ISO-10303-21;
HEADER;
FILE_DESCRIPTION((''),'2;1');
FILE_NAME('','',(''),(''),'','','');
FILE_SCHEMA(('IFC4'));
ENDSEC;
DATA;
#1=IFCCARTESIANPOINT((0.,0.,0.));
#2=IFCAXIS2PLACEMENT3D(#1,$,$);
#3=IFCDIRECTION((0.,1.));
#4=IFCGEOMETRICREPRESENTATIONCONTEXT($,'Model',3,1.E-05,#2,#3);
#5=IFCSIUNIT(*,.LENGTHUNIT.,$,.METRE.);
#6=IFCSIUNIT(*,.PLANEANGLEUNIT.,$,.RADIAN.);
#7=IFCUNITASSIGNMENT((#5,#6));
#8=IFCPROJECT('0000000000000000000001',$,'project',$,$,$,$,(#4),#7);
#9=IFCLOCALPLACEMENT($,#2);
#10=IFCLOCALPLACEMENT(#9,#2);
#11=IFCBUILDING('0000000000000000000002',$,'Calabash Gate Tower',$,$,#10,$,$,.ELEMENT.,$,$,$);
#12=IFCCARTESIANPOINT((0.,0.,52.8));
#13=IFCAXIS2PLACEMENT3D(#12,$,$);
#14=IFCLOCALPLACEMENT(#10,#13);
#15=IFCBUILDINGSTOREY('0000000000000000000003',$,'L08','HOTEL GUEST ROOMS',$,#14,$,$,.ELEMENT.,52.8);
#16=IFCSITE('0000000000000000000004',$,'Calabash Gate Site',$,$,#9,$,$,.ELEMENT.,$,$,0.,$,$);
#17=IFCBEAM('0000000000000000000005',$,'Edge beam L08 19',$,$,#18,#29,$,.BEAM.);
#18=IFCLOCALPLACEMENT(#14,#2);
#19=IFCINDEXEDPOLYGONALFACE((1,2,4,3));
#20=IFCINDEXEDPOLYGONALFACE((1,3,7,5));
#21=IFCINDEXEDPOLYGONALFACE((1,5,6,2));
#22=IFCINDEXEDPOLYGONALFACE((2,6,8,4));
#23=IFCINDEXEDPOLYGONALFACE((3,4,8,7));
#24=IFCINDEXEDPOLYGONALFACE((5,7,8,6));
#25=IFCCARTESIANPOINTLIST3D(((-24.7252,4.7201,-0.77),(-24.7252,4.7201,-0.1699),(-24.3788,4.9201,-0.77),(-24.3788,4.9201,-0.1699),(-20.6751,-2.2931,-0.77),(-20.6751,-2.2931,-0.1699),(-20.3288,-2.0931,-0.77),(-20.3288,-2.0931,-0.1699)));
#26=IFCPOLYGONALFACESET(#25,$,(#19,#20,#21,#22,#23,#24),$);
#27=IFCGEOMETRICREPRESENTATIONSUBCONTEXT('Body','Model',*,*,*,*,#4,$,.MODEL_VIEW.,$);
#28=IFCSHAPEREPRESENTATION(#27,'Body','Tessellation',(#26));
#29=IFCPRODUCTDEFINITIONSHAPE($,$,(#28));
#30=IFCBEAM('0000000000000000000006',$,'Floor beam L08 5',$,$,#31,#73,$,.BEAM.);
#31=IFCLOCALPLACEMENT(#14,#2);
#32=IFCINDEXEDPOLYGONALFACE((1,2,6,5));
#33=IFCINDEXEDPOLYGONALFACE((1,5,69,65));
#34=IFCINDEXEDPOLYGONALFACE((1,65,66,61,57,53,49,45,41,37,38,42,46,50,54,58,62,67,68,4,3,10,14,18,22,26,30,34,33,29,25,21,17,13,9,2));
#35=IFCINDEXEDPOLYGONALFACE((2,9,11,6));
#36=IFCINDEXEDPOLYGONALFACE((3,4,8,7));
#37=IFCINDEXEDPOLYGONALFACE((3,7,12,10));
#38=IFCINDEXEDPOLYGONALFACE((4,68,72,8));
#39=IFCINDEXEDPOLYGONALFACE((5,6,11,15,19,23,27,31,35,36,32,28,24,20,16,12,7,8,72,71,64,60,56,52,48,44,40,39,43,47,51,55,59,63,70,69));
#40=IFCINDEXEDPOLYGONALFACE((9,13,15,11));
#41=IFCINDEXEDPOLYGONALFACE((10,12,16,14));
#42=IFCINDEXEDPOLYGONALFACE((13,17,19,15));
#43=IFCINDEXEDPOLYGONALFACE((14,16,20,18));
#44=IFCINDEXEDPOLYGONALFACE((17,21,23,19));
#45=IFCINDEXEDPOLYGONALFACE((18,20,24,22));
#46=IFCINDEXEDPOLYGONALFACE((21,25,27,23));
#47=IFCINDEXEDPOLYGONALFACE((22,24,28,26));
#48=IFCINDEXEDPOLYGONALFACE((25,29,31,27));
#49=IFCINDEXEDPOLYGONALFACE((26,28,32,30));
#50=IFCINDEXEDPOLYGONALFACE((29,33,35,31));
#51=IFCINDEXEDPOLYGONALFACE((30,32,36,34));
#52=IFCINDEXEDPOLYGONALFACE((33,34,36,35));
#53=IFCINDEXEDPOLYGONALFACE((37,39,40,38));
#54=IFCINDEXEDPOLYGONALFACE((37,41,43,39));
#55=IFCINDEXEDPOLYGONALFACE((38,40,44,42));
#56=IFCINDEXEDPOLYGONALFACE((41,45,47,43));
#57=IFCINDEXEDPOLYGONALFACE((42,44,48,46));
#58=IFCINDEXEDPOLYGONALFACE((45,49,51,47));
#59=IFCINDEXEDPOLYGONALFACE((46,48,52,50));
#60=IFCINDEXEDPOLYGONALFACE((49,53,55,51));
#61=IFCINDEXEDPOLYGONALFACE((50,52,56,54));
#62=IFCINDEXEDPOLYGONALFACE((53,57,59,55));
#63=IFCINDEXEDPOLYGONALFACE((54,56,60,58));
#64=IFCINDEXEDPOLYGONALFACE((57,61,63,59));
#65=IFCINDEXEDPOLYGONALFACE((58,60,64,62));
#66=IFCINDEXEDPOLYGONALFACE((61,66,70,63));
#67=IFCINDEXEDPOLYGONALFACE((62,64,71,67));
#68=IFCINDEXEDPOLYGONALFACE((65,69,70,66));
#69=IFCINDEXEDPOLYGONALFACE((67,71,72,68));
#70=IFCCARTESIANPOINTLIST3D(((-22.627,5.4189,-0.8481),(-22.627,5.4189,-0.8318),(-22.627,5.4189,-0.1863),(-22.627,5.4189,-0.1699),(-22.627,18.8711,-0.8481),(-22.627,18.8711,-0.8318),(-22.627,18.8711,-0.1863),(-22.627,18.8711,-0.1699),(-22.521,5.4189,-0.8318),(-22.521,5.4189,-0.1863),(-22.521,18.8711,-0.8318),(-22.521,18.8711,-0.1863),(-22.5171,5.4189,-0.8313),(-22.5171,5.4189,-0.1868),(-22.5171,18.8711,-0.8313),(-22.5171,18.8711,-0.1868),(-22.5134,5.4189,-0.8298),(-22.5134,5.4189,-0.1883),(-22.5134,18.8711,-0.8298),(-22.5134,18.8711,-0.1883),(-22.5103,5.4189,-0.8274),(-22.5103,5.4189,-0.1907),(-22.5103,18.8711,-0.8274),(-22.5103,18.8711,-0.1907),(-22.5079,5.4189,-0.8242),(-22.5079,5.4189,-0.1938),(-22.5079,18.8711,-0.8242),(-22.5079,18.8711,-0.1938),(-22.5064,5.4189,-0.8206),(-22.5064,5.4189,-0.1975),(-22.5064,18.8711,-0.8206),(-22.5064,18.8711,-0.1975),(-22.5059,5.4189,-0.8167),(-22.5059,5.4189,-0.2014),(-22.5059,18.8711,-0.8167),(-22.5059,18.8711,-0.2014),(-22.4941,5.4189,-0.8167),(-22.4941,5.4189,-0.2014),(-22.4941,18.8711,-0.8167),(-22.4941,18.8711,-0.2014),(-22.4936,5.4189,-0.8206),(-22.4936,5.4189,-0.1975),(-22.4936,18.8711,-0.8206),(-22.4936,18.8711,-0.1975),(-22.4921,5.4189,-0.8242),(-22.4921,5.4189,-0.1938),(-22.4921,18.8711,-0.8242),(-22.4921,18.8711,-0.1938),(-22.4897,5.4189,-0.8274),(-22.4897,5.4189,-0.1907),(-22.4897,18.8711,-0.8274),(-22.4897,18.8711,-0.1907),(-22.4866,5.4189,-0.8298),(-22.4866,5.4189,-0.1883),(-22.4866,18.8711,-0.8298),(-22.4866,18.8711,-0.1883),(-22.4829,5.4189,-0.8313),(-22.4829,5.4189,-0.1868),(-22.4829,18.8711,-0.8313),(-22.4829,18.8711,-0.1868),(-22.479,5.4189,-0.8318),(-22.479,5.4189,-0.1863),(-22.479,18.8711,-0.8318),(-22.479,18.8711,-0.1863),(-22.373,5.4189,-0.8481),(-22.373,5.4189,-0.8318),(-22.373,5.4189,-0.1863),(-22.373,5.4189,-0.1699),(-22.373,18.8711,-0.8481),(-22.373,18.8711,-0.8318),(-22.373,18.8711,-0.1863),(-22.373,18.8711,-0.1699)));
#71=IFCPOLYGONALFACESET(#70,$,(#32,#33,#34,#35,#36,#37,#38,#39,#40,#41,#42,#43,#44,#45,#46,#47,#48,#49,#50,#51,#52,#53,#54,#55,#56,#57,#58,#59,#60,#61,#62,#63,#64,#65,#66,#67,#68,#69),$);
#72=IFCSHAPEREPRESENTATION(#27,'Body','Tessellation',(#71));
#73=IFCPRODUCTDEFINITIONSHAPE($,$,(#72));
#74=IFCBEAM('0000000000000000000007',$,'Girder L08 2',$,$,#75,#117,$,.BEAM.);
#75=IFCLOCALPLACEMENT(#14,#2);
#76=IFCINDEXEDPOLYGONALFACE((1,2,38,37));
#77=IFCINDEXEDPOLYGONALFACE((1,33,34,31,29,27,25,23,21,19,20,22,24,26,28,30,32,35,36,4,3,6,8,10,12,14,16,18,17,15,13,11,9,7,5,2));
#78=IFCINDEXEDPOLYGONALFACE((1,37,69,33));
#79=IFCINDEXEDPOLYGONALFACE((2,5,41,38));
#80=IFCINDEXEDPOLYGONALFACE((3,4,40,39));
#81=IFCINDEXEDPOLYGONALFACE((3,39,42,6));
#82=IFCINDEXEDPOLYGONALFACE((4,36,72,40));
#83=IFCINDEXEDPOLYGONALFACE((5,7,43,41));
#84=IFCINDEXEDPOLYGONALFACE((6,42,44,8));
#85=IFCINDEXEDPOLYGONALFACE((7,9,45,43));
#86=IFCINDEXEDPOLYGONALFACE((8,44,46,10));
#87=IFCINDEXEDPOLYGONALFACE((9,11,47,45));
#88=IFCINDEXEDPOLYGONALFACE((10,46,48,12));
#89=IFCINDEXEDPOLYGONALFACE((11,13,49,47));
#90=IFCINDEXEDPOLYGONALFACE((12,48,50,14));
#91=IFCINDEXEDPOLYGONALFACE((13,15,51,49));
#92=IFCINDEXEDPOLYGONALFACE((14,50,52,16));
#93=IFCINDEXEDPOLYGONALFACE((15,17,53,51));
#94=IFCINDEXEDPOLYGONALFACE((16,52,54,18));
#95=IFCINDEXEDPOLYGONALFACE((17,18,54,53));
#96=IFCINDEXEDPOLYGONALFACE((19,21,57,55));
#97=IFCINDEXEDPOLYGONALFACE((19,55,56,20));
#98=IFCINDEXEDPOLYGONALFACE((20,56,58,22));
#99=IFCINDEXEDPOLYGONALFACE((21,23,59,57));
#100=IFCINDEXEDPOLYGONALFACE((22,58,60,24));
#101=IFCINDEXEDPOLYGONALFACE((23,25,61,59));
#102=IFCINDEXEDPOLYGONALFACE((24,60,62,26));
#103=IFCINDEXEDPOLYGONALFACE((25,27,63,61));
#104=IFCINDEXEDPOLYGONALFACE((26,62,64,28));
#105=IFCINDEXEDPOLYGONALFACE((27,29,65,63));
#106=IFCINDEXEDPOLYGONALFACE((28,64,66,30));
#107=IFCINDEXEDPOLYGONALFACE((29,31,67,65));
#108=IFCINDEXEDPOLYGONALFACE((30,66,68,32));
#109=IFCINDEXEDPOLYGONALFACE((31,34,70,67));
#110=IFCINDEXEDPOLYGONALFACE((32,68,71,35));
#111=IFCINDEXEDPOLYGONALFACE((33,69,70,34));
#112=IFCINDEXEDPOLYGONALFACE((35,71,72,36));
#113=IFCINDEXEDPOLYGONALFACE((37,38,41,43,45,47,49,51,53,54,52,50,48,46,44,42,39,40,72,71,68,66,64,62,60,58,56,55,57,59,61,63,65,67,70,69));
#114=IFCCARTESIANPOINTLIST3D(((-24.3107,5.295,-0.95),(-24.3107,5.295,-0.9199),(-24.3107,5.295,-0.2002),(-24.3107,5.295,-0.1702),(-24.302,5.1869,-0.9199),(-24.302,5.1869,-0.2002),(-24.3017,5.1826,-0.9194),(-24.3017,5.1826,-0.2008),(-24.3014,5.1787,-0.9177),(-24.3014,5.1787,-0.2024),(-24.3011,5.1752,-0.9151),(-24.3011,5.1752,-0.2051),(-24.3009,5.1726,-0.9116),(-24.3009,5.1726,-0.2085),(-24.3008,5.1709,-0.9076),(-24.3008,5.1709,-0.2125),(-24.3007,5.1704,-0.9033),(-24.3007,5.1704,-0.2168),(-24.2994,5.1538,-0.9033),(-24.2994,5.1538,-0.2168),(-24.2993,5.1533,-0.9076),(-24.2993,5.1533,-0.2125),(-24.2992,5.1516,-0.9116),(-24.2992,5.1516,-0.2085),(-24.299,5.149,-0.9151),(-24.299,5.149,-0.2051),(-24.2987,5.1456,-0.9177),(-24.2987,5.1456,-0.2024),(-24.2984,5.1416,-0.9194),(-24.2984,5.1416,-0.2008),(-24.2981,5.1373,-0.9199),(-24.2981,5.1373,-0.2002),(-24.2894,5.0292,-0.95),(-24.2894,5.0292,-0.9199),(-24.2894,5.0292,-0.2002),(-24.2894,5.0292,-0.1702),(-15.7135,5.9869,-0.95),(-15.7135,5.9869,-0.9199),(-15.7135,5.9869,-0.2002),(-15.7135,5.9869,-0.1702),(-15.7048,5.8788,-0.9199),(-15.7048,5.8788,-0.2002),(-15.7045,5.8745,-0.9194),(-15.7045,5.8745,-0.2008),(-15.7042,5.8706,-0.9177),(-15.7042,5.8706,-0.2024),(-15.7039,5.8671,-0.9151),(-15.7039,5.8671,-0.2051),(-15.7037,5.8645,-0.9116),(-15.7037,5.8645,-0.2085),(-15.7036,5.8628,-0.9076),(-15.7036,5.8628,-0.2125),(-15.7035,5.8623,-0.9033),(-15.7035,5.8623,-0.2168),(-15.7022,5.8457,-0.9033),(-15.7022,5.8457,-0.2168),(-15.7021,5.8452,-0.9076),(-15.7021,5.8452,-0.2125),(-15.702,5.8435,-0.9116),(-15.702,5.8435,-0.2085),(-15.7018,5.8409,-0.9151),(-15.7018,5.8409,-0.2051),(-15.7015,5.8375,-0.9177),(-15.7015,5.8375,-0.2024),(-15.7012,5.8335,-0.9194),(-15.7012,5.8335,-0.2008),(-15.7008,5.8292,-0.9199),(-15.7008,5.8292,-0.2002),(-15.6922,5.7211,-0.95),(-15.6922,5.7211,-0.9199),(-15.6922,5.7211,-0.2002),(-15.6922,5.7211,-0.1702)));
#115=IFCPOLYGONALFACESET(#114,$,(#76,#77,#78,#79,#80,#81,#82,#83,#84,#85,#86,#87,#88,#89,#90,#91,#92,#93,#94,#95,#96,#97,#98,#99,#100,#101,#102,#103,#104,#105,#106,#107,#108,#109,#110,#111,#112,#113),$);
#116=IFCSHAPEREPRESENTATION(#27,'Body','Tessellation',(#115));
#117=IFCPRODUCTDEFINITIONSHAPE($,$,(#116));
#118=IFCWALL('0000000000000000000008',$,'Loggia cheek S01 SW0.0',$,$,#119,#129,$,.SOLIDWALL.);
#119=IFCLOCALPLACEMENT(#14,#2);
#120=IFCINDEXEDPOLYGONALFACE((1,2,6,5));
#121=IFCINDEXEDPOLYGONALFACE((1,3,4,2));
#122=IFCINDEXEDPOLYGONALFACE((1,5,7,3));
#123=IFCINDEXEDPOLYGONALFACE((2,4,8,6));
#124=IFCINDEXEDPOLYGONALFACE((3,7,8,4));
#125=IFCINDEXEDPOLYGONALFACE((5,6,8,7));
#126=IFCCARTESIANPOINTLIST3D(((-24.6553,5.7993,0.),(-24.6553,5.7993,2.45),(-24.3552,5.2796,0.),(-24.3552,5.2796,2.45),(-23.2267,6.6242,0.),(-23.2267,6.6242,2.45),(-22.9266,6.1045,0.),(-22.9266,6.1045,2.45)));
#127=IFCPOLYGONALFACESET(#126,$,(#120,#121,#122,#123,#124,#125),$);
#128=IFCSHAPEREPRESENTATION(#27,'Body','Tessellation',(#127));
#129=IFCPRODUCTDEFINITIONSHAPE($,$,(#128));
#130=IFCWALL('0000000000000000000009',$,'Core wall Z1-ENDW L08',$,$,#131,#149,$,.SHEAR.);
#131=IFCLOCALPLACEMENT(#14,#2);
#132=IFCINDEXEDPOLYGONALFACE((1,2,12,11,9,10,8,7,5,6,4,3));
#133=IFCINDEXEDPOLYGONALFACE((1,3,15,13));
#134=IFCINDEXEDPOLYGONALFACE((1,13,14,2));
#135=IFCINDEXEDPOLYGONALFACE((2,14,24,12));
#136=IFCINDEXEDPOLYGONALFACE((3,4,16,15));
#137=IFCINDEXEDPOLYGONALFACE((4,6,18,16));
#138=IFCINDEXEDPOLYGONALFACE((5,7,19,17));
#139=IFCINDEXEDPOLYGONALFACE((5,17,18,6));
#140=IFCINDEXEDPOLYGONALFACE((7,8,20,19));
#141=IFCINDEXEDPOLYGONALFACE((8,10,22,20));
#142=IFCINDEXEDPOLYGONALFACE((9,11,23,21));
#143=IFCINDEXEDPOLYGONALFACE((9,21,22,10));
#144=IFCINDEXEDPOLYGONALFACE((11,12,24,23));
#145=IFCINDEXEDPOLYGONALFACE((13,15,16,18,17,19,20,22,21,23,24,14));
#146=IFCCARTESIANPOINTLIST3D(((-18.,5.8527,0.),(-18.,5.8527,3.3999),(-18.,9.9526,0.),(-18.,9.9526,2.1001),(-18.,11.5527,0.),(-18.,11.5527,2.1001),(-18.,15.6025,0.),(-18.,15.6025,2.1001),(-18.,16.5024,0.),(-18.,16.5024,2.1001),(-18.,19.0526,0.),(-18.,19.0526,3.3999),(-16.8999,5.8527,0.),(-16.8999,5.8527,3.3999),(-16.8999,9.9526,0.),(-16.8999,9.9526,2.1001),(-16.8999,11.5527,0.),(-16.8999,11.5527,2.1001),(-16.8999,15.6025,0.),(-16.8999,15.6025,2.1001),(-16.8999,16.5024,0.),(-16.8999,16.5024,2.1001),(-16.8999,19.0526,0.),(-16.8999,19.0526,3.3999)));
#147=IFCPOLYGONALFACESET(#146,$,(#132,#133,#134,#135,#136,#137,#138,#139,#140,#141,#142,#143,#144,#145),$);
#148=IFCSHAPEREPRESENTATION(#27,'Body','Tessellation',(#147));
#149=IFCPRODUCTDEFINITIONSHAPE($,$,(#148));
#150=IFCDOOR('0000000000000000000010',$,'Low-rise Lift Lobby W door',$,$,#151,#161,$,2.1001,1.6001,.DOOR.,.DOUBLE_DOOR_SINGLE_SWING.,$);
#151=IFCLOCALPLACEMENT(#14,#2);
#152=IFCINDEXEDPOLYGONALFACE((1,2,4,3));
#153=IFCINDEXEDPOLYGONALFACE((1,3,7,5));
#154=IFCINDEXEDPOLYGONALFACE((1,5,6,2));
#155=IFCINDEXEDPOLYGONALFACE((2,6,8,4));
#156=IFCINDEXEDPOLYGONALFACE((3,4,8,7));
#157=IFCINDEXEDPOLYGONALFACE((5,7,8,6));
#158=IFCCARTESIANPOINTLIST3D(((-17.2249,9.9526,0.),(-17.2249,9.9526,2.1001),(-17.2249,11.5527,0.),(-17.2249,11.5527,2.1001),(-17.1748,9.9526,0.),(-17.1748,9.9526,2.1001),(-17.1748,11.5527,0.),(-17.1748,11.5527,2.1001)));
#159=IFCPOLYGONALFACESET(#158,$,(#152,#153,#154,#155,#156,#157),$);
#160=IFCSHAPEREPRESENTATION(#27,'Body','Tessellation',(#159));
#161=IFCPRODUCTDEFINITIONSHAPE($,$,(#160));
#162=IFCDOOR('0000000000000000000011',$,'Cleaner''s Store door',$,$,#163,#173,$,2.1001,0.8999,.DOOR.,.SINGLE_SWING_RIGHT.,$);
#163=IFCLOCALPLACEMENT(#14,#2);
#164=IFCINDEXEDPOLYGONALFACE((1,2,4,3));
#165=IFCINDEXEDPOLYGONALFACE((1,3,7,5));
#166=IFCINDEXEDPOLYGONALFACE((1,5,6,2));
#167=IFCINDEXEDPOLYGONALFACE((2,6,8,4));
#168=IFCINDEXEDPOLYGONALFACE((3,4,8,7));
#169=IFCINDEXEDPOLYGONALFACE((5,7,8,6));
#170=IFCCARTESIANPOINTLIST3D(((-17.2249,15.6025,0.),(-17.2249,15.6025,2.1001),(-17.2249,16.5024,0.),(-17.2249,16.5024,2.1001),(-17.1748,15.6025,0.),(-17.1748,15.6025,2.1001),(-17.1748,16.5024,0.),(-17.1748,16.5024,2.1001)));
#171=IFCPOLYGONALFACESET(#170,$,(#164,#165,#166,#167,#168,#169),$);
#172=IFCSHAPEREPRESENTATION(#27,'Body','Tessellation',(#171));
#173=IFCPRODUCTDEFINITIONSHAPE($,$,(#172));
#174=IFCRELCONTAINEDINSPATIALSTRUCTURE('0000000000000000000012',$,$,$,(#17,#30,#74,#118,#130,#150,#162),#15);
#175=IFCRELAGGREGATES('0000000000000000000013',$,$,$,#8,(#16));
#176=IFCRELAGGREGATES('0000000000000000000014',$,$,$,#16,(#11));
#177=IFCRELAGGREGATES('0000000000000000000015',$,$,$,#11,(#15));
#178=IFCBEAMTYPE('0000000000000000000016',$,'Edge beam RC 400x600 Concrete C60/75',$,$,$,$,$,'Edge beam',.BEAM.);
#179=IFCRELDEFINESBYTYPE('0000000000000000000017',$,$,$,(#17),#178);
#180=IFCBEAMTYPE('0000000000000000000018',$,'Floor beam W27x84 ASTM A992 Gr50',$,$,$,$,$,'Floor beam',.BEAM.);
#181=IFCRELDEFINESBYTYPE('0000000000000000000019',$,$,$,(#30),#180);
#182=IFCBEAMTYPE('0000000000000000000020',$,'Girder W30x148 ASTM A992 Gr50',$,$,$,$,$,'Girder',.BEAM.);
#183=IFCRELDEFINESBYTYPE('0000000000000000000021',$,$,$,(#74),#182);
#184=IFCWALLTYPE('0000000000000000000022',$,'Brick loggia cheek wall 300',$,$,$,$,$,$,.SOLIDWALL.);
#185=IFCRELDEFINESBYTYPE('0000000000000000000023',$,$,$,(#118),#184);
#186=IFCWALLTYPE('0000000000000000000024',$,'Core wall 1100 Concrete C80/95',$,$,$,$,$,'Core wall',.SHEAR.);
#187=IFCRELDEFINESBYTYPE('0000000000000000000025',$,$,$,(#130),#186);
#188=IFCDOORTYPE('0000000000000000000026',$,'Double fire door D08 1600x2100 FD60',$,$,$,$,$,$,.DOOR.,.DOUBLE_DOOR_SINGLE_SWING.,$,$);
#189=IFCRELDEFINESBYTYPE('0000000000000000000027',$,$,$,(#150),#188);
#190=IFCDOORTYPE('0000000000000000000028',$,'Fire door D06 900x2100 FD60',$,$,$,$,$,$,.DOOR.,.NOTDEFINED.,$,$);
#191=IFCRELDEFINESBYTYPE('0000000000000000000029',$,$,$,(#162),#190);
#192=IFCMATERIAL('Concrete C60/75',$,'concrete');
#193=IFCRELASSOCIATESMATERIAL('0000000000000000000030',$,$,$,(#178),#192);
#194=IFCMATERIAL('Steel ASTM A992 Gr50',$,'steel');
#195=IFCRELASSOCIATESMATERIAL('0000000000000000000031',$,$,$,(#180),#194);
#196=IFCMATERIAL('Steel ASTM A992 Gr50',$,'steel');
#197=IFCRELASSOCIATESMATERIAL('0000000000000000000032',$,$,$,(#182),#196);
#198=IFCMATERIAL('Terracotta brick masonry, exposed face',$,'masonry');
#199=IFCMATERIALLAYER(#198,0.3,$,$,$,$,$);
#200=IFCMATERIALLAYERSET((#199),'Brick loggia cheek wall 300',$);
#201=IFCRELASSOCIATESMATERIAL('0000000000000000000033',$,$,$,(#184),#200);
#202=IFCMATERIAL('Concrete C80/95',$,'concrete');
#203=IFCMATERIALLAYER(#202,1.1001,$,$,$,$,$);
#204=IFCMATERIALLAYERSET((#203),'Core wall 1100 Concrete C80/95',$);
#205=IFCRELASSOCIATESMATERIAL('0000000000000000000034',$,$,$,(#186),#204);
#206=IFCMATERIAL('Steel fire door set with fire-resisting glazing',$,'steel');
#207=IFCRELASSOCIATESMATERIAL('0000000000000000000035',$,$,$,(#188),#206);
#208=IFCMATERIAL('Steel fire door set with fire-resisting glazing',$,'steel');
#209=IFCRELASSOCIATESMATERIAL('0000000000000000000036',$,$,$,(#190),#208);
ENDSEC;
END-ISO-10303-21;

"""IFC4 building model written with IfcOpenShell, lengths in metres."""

from ifc_helpers import new_model, si_unit, direction, frame, frame_2d, origin, origin_2d, place, context, subcontext, project, spatial, rectangle, i_section, extrude, material, layer, layer_set, material_profile, profile_set, type_object, element, fill, save


model = new_model("IFC4")

# Units and contexts
model_context = context("Model", 3, precision=1e-05, world=origin(), true_north=direction((0.0, 1.0)))
body_context = subcontext(model_context, "Body", "Model", "MODEL_VIEW")
ifc_project = project(units=[si_unit("LENGTHUNIT", "METRE"), si_unit("PLANEANGLEUNIT", "RADIAN")], contexts=[model_context])

# Site, building, storey
site_placement = place(None, origin())
site = spatial("IfcSite", under=ifc_project, at=site_placement, Name="Calabash Gate Site", CompositionType="ELEMENT", RefElevation=0.0)
building_placement = place(site_placement, origin())
building = spatial("IfcBuilding", under=site, at=building_placement, Name="Calabash Gate Tower", CompositionType="ELEMENT")
storey_placement = place(building_placement, frame((0.0, 0.0, 52.8)))
storey = spatial("IfcBuildingStorey", under=building, at=storey_placement, Name="L08", Description="HOTEL GUEST ROOMS", CompositionType="ELEMENT", Elevation=52.8)

# Beams
ifc_material_1 = material(Name="Concrete C60/75", Category="concrete")
ifc_material_profile_1 = material_profile(ifc_material_1, rectangle(XDim=0.3999, YDim=0.6001, at=origin_2d()))
ifc_profile_set_1 = profile_set([ifc_material_profile_1], Name="Concrete C60/75")
beam_type_1 = type_object("IfcBeamType", Name="Edge beam RC 400x600 Concrete C60/75", ElementType="Edge beam", PredefinedType="BEAM", material=ifc_profile_set_1)
beam_1_placement = place(storey_placement, frame((-24.552, 4.8201, -0.47), z_axis=(0.500091, -0.865973, 0.0), x_axis=(0.865973, 0.500091, 0.0)))
element("IfcBeam", 1, at=beam_1_placement, inside=storey, type_object=beam_type_1, Name="Edge beam L08 19", PredefinedType="BEAM", context=body_context, shape_type="SweptSolid", body=[
    extrude(rectangle(XDim=0.3999, YDim=0.6001, at=origin_2d()), origin(), (0.0, 0.0, 1.0), 8.0986),
])
ifc_material_2 = material(Name="Steel ASTM A992 Gr50", Category="steel")
ifc_material_profile_2 = material_profile(ifc_material_2, i_section(OverallWidth=0.2539, OverallDepth=0.6782, WebThickness=0.0117, FlangeThickness=0.0164, FilletRadius=0.0151, at=origin_2d()))
ifc_profile_set_2 = profile_set([ifc_material_profile_2], Name="Steel ASTM A992 Gr50")
beam_type_2 = type_object("IfcBeamType", Name="Floor beam W27x84 ASTM A992 Gr50", ElementType="Floor beam", PredefinedType="BEAM", material=ifc_profile_set_2)
beam_2_placement = place(storey_placement, frame((-22.5, 5.4189, -0.509), z_axis=(0.0, 1.0, 0.0), x_axis=(-1.0, 0.0, 0.0)))
element("IfcBeam", 2, at=beam_2_placement, inside=storey, type_object=beam_type_2, Name="Floor beam L08 5", PredefinedType="BEAM", context=body_context, shape_type="SweptSolid", body=[
    extrude(i_section(OverallWidth=0.2539, OverallDepth=0.6782, WebThickness=0.0117, FlangeThickness=0.0164, FilletRadius=0.0151, at=origin_2d()), origin(), (0.0, 0.0, 1.0), 13.4521),
])
ifc_material_3 = material(Name="Steel ASTM A992 Gr50", Category="steel")
ifc_material_profile_3 = material_profile(ifc_material_3, i_section(OverallWidth=0.2666, OverallDepth=0.7798, WebThickness=0.0166, FlangeThickness=0.03, FilletRadius=0.0166, at=origin_2d()))
ifc_profile_set_3 = profile_set([ifc_material_profile_3], Name="Steel ASTM A992 Gr50")
beam_type_3 = type_object("IfcBeamType", Name="Girder W30x148 ASTM A992 Gr50", ElementType="Girder", PredefinedType="BEAM", material=ifc_profile_set_3)
beam_3_placement = place(storey_placement, frame((-24.3, 5.1621, -0.5601), z_axis=(0.996777, 0.08022, 0.0), x_axis=(-0.08022, 0.996777, 0.0)))
element("IfcBeam", 3, at=beam_3_placement, inside=storey, type_object=beam_type_3, Name="Girder L08 2", PredefinedType="BEAM", context=body_context, shape_type="SweptSolid", body=[
    extrude(i_section(OverallWidth=0.2666, OverallDepth=0.7798, WebThickness=0.0166, FlangeThickness=0.03, FilletRadius=0.0166, at=origin_2d()), origin(), (0.0, 0.0, 1.0), 8.625),
])

# Wall
ifc_material_4 = material(Name="Terracotta brick masonry, exposed face", Category="masonry")
ifc_layer_1 = layer(ifc_material_4, 0.3)
ifc_layer_set_1 = layer_set([ifc_layer_1], Name="Brick loggia cheek wall 300")
wall_type_1 = type_object("IfcWallType", Name="Brick loggia cheek wall 300", PredefinedType="SOLIDWALL", material=ifc_layer_set_1)
wall_1_placement = place(storey_placement, frame((-24.5051, 5.5396, 0.0), z_axis=(0.0, 0.0, 1.0), x_axis=(0.866003, 0.500038, 0.0)))
element("IfcWall", 4, at=wall_1_placement, inside=storey, type_object=wall_type_1, Name="Loggia cheek S01 SW0.0", PredefinedType="SOLIDWALL", context=body_context, shape_type="SweptSolid", body=[
    extrude(rectangle(XDim=1.6497, YDim=0.6001, at=frame_2d((0.8247, 0.0))), origin(), (0.0, 0.0, 1.0), 2.45),
])

# Wall, openings, doors
ifc_material_5 = material(Name="Concrete C80/95", Category="concrete")
ifc_layer_2 = layer(ifc_material_5, 1.1001)
ifc_layer_set_2 = layer_set([ifc_layer_2], Name="Core wall 1100 Concrete C80/95")
wall_type_2 = type_object("IfcWallType", Name="Core wall 1100 Concrete C80/95", ElementType="Core wall", PredefinedType="SHEAR", material=ifc_layer_set_2)
wall_2_placement = place(storey_placement, frame((-17.45, 5.8525, 0.0), z_axis=(0.0, 0.0, 1.0), x_axis=(0.0, 1.0, 0.0)))
wall_2 = element("IfcWall", 5, at=wall_2_placement, inside=storey, type_object=wall_type_2, Name="Core wall Z1-ENDW L08", PredefinedType="SHEAR", context=body_context, shape_type="SweptSolid", body=[
    extrude(rectangle(XDim=13.2, YDim=1.1001, at=frame_2d((6.6001, 0.0))), origin(), (0.0, 0.0, 1.0), 3.3999),
])
opening_1_placement = place(wall_2_placement, frame((4.1001, 0.0, 0.0)))
opening_1 = element("IfcOpeningElement", 6, at=opening_1_placement, cuts=wall_2, PredefinedType="OPENING", context=body_context, shape_type="SweptSolid", body=[
    extrude(rectangle(XDim=1.6001, YDim=2.1001, at=frame_2d((0.8, 1.05))), frame((0.0, 0.5601, 0.0), z_axis=(0.0, -1.0, 0.0), x_axis=(1.0, 0.0, 0.0)), (0.0, 0.0, 1.0), 1.1201),
])
opening_2_placement = place(wall_2_placement, frame((9.75, 0.0, 0.0)))
opening_2 = element("IfcOpeningElement", 7, at=opening_2_placement, cuts=wall_2, PredefinedType="OPENING", context=body_context, shape_type="SweptSolid", body=[
    extrude(rectangle(XDim=0.8999, YDim=2.1001, at=frame_2d((0.45, 1.05))), frame((0.0, 0.5601, 0.0), z_axis=(0.0, -1.0, 0.0), x_axis=(1.0, 0.0, 0.0)), (0.0, 0.0, 1.0), 1.1201),
])
ifc_material_6 = material(Name="Steel fire door set with fire-resisting glazing", Category="steel")
door_type_1 = type_object("IfcDoorType", Name="Double fire door D08 1600x2100 FD60", OperationType="DOUBLE_DOOR_SINGLE_SWING", PredefinedType="DOOR", material=ifc_material_6)
door_1_placement = place(opening_1_placement, origin())
door_1 = element("IfcDoor", 8, at=door_1_placement, inside=storey, type_object=door_type_1, Name="Low-rise Lift Lobby W door", OperationType="DOUBLE_DOOR_SINGLE_SWING", OverallHeight=2.1001, OverallWidth=1.6001, PredefinedType="DOOR", context=body_context, shape_type="SweptSolid", body=[
    extrude(rectangle(XDim=1.6001, YDim=2.1001, at=frame_2d((0.8, 1.05))), frame((0.0, -0.2251, 0.0), z_axis=(0.0, -1.0, 0.0), x_axis=(1.0, 0.0, 0.0)), (0.0, 0.0, 1.0), 0.05),
])
fill(opening_1, door_1)
ifc_material_7 = material(Name="Steel fire door set with fire-resisting glazing", Category="steel")
door_type_2 = type_object("IfcDoorType", Name="Fire door D06 900x2100 FD60", OperationType="NOTDEFINED", PredefinedType="DOOR", material=ifc_material_7)
door_2_placement = place(opening_2_placement, origin())
door_2 = element("IfcDoor", 9, at=door_2_placement, inside=storey, type_object=door_type_2, Name="Cleaner's Store door", OperationType="SINGLE_SWING_RIGHT", OverallHeight=2.1001, OverallWidth=0.8999, PredefinedType="DOOR", context=body_context, shape_type="SweptSolid", body=[
    extrude(rectangle(XDim=0.8999, YDim=2.1001, at=frame_2d((0.45, 1.05))), frame((0.0, -0.2251, 0.0), z_axis=(0.0, -1.0, 0.0), x_axis=(1.0, 0.0, 0.0)), (0.0, 0.0, 1.0), 0.05),
])
fill(opening_2, door_2)

save(model, "model.ifc")
